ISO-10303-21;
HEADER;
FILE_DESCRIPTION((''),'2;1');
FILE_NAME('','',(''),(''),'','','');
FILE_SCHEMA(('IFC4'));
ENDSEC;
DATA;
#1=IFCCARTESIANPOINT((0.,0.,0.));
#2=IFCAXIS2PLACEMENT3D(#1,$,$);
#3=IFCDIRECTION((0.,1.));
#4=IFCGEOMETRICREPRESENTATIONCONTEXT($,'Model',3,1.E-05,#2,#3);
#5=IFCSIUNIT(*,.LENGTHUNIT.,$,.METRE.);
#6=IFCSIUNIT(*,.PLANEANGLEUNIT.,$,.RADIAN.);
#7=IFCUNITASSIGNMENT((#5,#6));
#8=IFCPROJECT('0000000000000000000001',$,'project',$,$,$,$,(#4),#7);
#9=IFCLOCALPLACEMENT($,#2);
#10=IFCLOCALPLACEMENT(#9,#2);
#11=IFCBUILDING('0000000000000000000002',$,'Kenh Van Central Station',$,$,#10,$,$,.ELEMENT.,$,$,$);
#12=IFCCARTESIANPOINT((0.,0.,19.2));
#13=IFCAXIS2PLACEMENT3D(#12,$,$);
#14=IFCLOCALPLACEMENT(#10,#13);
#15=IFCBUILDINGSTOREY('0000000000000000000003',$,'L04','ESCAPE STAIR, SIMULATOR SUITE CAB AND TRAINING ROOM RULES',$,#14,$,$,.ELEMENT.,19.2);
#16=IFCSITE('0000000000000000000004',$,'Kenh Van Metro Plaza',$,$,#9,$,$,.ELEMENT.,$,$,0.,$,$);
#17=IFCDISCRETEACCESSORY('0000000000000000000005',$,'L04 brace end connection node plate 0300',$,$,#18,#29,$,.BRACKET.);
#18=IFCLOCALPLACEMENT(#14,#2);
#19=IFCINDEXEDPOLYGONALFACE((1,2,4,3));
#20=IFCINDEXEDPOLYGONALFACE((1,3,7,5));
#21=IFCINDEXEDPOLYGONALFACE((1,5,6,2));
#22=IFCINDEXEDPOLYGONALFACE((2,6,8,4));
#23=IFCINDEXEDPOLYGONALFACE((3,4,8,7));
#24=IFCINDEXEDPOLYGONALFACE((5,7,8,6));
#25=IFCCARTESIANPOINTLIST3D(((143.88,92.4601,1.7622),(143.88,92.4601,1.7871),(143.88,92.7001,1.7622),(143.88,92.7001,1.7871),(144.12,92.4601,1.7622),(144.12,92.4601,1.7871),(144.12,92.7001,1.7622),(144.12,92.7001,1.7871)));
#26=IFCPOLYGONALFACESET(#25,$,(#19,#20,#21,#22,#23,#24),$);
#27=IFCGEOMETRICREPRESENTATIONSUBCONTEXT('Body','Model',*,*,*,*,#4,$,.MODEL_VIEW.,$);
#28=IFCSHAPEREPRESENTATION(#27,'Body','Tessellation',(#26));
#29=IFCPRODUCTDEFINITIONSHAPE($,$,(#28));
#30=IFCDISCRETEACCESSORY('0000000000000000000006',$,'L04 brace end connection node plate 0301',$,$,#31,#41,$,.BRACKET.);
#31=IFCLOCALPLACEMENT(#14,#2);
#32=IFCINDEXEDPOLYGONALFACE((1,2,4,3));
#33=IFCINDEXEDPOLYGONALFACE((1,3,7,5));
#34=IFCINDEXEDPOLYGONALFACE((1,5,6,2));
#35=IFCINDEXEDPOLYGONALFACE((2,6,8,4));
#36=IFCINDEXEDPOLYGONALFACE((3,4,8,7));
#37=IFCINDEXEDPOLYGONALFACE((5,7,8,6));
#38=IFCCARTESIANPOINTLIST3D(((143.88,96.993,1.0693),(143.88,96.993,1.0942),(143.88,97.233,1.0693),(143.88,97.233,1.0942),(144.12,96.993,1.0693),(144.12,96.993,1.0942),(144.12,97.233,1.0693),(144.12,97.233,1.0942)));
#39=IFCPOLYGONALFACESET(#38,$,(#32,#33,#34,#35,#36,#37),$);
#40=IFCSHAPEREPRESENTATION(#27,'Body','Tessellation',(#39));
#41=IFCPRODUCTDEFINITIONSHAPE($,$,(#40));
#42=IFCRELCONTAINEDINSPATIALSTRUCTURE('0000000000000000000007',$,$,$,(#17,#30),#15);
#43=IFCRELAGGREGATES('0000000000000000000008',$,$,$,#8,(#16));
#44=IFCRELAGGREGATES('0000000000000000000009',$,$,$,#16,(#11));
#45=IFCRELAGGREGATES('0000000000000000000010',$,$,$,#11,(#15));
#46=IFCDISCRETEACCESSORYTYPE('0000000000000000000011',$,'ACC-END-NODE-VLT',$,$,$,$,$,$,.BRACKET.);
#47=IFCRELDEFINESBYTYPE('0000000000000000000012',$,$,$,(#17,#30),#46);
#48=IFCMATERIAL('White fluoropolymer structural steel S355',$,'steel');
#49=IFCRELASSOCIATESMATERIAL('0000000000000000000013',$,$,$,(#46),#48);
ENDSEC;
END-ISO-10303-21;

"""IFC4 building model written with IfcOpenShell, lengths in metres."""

from ifc_helpers import new_model, si_unit, direction, frame, origin, origin_2d, place, context, subcontext, project, spatial, rectangle, extrude, material, type_object, element, save


model = new_model("IFC4")

# Units and contexts
model_context = context("Model", 3, precision=1e-05, world=origin(), true_north=direction((0.0, 1.0)))
body_context = subcontext(model_context, "Body", "Model", "MODEL_VIEW")
ifc_project = project(units=[si_unit("LENGTHUNIT", "METRE"), si_unit("PLANEANGLEUNIT", "RADIAN")], contexts=[model_context])

# Site, building, storey
site_placement = place(None, origin())
site = spatial("IfcSite", under=ifc_project, at=site_placement, Name="Kenh Van Metro Plaza", CompositionType="ELEMENT", RefElevation=0.0)
building_placement = place(site_placement, origin())
building = spatial("IfcBuilding", under=site, at=building_placement, Name="Kenh Van Central Station", CompositionType="ELEMENT")
storey_placement = place(building_placement, frame((0.0, 0.0, 19.2)))
storey = spatial("IfcBuildingStorey", under=building, at=storey_placement, Name="L04", Description="ESCAPE STAIR, SIMULATOR SUITE CAB AND TRAINING ROOM RULES", CompositionType="ELEMENT", Elevation=19.2)

# Shared definitions
ifc_material_1 = material(Name="White fluoropolymer structural steel S355", Category="steel")

# Discrete accessories
discrete_accessory_type = type_object("IfcDiscreteAccessoryType", Name="ACC-END-NODE-VLT", PredefinedType="BRACKET", material=ifc_material_1)
for number, where, z_axis, x_axis, name in (
    (1, (144.0, 92.5801, 1.7622), (0.0, 0.0, 1.0), (1.0, 0.0, 0.0), "L04 brace end connection node plate 0300"),
    (2, (144.0, 97.113, 1.0693), (0.0, 0.0, 1.0), (1.0, 0.0, 0.0), "L04 brace end connection node plate 0301"),
):
    element("IfcDiscreteAccessory", number, at=place(storey_placement, frame(where, z_axis=z_axis, x_axis=x_axis)), inside=storey, type_object=discrete_accessory_type, Name=name, PredefinedType="BRACKET", context=body_context, shape_type="SweptSolid", body=[
        extrude(rectangle(XDim=0.24, YDim=0.24, at=origin_2d()), origin(), (0.0, 0.0, 1.0), 0.0249),
    ])

save(model, "model.ifc")
